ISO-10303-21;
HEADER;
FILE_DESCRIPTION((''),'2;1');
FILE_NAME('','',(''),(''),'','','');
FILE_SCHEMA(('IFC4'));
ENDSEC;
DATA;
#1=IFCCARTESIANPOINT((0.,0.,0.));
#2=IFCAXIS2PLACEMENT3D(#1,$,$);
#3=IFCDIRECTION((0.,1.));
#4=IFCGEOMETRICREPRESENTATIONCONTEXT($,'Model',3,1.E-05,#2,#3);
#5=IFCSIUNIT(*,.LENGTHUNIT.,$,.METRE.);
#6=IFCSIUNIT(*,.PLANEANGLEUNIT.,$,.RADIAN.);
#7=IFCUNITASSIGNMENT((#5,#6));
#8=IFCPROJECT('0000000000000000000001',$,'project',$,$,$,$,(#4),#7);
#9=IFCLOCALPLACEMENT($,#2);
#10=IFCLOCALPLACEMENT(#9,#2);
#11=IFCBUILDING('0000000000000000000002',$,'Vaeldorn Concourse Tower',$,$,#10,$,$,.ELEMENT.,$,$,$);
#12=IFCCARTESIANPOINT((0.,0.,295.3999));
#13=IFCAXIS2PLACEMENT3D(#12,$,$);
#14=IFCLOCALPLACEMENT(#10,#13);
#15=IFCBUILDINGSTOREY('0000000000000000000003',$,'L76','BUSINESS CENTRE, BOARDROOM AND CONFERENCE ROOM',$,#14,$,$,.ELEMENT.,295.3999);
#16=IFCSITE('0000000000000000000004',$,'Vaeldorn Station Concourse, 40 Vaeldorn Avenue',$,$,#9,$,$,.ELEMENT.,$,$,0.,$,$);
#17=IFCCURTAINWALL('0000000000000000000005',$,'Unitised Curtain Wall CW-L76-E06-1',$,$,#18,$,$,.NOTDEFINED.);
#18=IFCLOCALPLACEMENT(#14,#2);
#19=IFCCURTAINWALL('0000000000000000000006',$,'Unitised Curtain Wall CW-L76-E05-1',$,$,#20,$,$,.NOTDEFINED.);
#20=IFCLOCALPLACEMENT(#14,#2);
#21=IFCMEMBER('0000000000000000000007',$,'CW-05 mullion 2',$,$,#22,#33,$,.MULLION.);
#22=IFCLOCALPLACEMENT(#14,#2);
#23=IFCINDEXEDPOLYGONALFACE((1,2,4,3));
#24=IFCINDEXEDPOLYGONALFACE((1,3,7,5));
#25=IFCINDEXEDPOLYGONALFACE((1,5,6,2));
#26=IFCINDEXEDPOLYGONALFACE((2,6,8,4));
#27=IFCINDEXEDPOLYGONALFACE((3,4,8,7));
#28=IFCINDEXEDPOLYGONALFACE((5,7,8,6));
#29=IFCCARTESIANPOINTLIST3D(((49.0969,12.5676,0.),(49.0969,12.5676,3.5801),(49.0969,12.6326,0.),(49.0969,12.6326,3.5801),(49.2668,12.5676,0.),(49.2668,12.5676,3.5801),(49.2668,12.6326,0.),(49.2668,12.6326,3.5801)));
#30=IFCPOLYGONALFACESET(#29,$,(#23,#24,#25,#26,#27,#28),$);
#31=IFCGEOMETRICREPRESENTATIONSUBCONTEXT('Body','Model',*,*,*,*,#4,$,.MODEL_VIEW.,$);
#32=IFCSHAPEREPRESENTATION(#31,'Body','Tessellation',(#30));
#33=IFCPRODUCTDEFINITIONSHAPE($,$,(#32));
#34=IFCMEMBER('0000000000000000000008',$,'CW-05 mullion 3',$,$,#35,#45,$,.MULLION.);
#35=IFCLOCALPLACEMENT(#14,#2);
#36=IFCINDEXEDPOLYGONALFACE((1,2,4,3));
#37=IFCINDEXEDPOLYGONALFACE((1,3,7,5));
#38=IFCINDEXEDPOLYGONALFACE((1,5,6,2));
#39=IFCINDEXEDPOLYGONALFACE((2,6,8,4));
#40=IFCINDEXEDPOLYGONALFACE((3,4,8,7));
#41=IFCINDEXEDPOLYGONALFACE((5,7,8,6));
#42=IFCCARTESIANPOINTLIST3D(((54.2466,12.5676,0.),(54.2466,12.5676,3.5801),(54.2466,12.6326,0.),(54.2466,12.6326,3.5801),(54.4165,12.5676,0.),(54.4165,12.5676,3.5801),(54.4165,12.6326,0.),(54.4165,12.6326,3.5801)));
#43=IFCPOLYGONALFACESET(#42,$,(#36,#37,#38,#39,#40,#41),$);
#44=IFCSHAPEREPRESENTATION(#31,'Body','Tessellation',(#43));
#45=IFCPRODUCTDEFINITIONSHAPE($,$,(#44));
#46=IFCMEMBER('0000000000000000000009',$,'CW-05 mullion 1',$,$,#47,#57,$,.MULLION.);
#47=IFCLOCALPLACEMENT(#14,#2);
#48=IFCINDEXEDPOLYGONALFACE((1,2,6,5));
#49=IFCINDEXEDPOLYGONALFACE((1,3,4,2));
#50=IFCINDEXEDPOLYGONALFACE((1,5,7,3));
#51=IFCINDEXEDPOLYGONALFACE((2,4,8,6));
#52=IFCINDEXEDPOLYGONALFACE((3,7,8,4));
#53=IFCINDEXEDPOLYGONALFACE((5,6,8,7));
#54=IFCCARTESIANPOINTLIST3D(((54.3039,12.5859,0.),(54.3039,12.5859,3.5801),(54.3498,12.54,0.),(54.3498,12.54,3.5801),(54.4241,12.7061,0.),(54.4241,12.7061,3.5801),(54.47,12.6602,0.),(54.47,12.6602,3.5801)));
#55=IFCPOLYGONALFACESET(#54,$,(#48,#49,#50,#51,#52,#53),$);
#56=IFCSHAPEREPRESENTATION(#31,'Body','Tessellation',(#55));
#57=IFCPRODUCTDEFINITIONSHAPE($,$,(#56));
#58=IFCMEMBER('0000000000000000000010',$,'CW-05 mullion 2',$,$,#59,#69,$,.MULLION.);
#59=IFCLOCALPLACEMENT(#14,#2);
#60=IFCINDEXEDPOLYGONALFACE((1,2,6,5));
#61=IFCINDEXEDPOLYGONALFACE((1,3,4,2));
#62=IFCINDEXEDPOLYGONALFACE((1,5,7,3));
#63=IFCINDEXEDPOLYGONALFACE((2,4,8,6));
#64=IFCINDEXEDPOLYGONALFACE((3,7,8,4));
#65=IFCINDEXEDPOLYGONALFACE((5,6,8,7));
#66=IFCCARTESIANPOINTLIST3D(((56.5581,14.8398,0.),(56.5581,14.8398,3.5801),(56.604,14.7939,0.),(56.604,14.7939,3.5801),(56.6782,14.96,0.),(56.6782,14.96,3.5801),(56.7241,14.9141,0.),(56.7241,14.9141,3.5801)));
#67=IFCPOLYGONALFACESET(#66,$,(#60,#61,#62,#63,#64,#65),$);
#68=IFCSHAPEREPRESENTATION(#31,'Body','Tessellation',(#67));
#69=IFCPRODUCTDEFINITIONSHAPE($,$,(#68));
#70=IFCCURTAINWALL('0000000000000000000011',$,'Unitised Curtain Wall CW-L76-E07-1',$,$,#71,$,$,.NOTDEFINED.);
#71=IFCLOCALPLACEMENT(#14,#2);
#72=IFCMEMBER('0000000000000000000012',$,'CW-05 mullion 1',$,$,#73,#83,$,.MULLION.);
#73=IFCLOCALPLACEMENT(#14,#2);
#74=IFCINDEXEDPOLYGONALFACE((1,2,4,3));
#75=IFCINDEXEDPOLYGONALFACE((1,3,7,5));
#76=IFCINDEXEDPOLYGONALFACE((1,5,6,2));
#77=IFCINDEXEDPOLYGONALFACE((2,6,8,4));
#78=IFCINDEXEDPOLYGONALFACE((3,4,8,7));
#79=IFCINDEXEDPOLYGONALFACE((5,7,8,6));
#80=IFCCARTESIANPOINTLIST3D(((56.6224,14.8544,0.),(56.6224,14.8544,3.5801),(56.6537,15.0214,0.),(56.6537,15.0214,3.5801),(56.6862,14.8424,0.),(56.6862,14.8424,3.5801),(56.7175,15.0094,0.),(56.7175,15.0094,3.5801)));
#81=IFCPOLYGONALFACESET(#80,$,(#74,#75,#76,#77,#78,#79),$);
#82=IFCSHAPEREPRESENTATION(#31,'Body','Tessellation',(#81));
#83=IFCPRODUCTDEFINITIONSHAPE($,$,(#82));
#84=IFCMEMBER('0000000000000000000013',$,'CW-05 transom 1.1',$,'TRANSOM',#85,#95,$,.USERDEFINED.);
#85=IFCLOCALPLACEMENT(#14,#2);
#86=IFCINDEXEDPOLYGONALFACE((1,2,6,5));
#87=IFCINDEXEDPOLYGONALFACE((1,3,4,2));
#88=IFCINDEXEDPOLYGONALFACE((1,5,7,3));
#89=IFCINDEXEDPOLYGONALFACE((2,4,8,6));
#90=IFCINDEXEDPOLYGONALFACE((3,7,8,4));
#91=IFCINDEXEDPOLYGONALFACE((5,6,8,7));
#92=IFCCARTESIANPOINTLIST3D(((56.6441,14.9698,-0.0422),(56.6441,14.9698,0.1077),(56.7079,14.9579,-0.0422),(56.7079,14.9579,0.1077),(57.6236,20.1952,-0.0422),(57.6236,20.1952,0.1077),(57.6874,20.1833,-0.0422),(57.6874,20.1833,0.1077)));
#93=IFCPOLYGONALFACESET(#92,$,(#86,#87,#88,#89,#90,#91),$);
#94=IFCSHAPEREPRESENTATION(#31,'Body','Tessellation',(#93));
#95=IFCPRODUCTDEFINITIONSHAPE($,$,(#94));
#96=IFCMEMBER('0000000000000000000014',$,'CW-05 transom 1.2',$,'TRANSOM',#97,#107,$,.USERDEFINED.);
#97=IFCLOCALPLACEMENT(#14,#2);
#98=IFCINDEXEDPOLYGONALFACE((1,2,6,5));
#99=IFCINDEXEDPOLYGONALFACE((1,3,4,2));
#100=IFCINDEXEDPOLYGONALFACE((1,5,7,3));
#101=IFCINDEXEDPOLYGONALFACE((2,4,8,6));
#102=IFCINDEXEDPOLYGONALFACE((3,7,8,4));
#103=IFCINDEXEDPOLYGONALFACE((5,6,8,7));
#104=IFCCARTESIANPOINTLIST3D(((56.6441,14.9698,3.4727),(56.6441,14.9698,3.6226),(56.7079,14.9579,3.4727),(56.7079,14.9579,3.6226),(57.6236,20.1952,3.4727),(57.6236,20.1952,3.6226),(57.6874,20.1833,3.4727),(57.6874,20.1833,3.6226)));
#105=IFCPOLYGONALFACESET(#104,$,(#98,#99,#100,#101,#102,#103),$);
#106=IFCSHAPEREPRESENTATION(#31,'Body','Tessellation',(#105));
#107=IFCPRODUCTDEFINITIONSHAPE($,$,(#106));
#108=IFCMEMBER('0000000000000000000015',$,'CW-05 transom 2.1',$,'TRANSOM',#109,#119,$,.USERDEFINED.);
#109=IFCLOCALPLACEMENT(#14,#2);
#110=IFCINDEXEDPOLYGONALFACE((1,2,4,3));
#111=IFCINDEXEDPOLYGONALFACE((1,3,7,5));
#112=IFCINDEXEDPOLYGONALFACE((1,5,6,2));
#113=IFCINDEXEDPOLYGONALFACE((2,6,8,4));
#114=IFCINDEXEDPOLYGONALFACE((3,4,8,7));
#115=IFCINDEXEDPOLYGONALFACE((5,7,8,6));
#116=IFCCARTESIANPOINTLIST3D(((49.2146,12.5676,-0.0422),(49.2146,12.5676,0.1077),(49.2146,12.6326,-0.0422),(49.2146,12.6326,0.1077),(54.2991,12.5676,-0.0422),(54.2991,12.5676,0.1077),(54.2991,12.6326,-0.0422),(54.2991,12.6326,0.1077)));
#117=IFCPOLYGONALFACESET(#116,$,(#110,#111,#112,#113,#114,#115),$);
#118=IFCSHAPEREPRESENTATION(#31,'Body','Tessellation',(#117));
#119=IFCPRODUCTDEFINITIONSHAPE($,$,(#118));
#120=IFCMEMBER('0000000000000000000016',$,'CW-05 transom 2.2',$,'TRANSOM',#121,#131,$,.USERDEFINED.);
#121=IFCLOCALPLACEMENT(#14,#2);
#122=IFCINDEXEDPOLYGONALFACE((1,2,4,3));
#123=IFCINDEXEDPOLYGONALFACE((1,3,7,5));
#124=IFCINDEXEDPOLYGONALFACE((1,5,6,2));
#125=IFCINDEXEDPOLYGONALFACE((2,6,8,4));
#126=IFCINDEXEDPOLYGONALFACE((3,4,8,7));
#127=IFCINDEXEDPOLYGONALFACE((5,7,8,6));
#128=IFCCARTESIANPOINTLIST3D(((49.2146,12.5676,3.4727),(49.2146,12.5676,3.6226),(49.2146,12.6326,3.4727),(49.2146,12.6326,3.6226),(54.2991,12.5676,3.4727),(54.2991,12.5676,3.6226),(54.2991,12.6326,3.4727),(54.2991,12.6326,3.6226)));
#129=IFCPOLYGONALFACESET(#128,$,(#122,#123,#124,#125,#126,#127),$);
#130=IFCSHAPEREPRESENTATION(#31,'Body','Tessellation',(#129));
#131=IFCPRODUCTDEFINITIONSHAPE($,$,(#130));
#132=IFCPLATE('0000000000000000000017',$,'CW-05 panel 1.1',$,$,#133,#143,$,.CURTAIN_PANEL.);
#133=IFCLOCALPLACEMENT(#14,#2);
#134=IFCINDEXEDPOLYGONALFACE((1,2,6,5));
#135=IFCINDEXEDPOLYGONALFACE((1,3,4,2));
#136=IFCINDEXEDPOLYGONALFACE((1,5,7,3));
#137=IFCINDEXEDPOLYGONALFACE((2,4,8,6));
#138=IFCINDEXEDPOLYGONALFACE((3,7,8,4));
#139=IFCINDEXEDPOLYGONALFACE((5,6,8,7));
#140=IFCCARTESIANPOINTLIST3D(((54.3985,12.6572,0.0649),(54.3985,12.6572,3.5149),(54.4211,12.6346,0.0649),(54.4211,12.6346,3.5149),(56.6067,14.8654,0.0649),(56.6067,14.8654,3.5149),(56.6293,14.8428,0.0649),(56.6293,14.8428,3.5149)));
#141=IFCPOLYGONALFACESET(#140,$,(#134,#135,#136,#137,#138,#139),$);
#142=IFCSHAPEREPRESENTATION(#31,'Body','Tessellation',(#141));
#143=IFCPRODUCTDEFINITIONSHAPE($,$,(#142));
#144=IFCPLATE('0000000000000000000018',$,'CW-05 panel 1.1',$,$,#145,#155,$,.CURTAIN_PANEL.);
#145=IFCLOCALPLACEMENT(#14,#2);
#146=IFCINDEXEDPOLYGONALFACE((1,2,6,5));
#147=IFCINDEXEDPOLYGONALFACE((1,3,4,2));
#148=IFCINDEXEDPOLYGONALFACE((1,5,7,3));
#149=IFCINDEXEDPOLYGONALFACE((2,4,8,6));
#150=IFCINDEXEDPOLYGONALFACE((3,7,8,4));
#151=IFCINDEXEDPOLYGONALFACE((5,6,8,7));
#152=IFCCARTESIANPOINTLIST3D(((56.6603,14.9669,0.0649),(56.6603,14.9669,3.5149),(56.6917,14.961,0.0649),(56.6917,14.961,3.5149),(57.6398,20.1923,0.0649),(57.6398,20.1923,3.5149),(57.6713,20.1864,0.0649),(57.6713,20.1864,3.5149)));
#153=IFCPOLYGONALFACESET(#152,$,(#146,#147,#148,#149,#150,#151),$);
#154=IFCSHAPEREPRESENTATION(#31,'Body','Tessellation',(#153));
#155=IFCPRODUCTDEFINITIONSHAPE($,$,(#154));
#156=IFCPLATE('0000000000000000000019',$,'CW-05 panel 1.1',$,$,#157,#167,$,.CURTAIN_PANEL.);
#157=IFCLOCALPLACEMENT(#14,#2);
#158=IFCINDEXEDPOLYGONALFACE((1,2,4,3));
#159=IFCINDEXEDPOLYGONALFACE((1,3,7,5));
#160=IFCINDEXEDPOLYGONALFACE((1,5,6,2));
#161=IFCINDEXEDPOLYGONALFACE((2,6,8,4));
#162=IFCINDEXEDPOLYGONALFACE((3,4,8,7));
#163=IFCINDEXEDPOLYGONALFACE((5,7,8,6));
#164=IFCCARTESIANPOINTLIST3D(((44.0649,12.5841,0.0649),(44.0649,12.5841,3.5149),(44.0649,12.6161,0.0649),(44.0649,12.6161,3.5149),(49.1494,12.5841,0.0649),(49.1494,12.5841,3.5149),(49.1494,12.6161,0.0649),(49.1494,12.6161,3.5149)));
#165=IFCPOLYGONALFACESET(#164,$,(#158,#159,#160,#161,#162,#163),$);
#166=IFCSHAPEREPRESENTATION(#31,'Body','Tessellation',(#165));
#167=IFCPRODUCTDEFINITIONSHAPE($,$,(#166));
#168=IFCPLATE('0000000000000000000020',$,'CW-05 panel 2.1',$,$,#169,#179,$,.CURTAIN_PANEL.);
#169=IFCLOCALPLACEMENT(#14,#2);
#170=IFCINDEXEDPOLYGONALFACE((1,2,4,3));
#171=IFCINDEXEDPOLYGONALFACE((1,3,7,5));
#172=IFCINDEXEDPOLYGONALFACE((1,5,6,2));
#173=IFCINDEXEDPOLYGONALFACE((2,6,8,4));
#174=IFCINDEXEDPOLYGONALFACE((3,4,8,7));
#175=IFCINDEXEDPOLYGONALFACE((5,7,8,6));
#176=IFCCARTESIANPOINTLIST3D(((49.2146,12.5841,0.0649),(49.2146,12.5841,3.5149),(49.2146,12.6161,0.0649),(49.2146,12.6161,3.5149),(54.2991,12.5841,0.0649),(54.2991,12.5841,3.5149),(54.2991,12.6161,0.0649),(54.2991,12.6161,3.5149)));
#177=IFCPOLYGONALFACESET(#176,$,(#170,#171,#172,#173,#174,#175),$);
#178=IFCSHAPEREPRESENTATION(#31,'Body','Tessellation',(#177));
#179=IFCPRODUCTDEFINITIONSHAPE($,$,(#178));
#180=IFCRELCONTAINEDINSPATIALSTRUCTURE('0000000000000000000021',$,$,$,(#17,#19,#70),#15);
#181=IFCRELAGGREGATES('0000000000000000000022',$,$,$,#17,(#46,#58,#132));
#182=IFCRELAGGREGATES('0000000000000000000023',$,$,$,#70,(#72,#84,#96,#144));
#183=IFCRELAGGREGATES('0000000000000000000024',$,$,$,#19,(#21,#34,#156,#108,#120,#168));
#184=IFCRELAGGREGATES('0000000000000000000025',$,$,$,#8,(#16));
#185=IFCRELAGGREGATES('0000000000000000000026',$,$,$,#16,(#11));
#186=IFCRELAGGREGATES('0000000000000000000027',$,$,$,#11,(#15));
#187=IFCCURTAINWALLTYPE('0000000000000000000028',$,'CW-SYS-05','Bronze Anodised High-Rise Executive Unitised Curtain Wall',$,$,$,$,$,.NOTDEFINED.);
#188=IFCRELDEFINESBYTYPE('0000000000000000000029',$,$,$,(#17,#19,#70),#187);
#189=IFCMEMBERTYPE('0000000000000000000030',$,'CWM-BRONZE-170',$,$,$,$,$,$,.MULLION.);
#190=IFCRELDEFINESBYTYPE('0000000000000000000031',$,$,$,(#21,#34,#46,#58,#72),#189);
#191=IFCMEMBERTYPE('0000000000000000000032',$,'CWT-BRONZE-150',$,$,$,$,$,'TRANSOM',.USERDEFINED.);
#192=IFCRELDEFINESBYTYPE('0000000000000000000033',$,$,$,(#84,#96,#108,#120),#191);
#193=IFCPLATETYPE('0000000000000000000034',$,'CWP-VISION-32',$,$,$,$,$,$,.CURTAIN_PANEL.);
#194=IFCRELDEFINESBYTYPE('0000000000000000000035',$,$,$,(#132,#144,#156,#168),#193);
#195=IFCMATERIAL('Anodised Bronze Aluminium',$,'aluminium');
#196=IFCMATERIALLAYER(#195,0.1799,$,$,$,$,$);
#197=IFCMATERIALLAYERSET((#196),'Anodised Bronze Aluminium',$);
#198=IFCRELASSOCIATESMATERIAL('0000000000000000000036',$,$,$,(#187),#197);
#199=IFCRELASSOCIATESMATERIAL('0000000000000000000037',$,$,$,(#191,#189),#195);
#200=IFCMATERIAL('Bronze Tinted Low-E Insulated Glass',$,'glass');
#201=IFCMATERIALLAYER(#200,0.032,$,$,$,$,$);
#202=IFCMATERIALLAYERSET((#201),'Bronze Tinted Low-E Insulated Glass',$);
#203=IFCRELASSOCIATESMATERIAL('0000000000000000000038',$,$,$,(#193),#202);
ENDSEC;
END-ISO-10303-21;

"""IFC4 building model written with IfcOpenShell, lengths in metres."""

from ifc_helpers import new_model, si_unit, direction, frame, origin, origin_2d, place, context, subcontext, project, spatial, rectangle, extrude, source, transform, mapped, material, layer, layer_set, material_profile, profile_set, type_object, element, aggregate, save


model = new_model("IFC4")

# Units and contexts
model_context = context("Model", 3, precision=1e-05, world=origin(), true_north=direction((0.0, 1.0)))
body_context = subcontext(model_context, "Body", "Model", "MODEL_VIEW")
ifc_project = project(units=[si_unit("LENGTHUNIT", "METRE"), si_unit("PLANEANGLEUNIT", "RADIAN")], contexts=[model_context])

# Site, building, storey
site_placement = place(None, origin())
site = spatial("IfcSite", under=ifc_project, at=site_placement, Name="Vaeldorn Station Concourse, 40 Vaeldorn Avenue", CompositionType="ELEMENT", RefElevation=0.0)
building_placement = place(site_placement, origin())
building = spatial("IfcBuilding", under=site, at=building_placement, Name="Vaeldorn Concourse Tower", CompositionType="ELEMENT")
storey_placement = place(building_placement, frame((0.0, 0.0, 295.3999)))
storey = spatial("IfcBuildingStorey", under=building, at=storey_placement, Name="L76", Description="BUSINESS CENTRE, BOARDROOM AND CONFERENCE ROOM", CompositionType="ELEMENT", Elevation=295.3999)

# Curtain walls, members
ifc_material_1 = material(Name="Anodised Bronze Aluminium", Category="aluminium")
ifc_layer_1 = layer(ifc_material_1, 0.1799)
ifc_layer_set_1 = layer_set([ifc_layer_1], Name="Anodised Bronze Aluminium")
curtain_wall_type = type_object("IfcCurtainWallType", Name="CW-SYS-05", Description="Bronze Anodised High-Rise Executive Unitised Curtain Wall", PredefinedType="NOTDEFINED", material=ifc_layer_set_1)
curtain_wall_1_placement = place(storey_placement, origin())
curtain_wall_1 = element("IfcCurtainWall", 1, at=curtain_wall_1_placement, inside=storey, type_object=curtain_wall_type, Name="Unitised Curtain Wall CW-L76-E06-1", PredefinedType="NOTDEFINED")
ifc_material_profile_1 = material_profile(ifc_material_1, rectangle(XDim=0.0649, YDim=0.1499, at=origin_2d()), Name="CWT 65x150")
ifc_profile_set_1 = profile_set([ifc_material_profile_1], Name="Anodised Bronze Aluminium")
member_type_1 = type_object("IfcMemberType", Name="CWT-BRONZE-150", ElementType="TRANSOM", PredefinedType="USERDEFINED", material=ifc_profile_set_1)
curtain_wall_2_placement = place(storey_placement, origin())
curtain_wall_2 = element("IfcCurtainWall", 2, at=curtain_wall_2_placement, inside=storey, type_object=curtain_wall_type, Name="Unitised Curtain Wall CW-L76-E05-1", PredefinedType="NOTDEFINED")
ifc_material_profile_2 = material_profile(ifc_material_1, rectangle(XDim=0.0649, YDim=0.1699, at=origin_2d()), Name="CWM 65x170")
ifc_profile_set_2 = profile_set([ifc_material_profile_2], Name="Anodised Bronze Aluminium")
member_type_2 = type_object("IfcMemberType", Name="CWM-BRONZE-170", PredefinedType="MULLION", material=ifc_profile_set_2)
shared_shape_1 = source(origin(), body_context, "Body", "SweptSolid", [
    extrude(rectangle(XDim=0.0649, YDim=0.1699, at=origin_2d()), origin(), (0.0, 0.0, 1.0), 3.5801),
])
member_1_placement = place(storey_placement, frame((49.1819, 12.6001, 0.0), z_axis=(0.0, 0.0, 1.0), x_axis=(0.0, 1.0, 0.0)))
member_1 = element("IfcMember", 3, at=member_1_placement, type_object=member_type_2, Name="CW-05 mullion 2", PredefinedType="MULLION", context=body_context, shape_type="MappedRepresentation", body=[
    mapped(shared_shape_1, transform((0.0, 0.0, 0.0), scale=1.0)),
])
member_2_placement = place(storey_placement, frame((54.3315, 12.6001, 0.0), z_axis=(0.0, 0.0, 1.0), x_axis=(0.0, 1.0, 0.0)))
member_2 = element("IfcMember", 4, at=member_2_placement, type_object=member_type_2, Name="CW-05 mullion 3", PredefinedType="MULLION", context=body_context, shape_type="MappedRepresentation", body=[
    mapped(shared_shape_1, transform((0.0, 0.0, 0.0), scale=1.0)),
])

# Members
member_3_placement = place(storey_placement, frame((54.387, 12.623, 0.0), z_axis=(0.0, 0.0, 1.0), x_axis=(-0.707107, 0.707107, 0.0)))
member_3 = element("IfcMember", 5, at=member_3_placement, type_object=member_type_2, Name="CW-05 mullion 1", PredefinedType="MULLION", context=body_context, shape_type="MappedRepresentation", body=[
    mapped(shared_shape_1, transform((0.0, 0.0, 0.0), scale=1.0)),
])
member_4_placement = place(storey_placement, frame((56.6411, 14.877, 0.0), z_axis=(0.0, 0.0, 1.0), x_axis=(-0.707107, 0.707107, 0.0)))
member_4 = element("IfcMember", 6, at=member_4_placement, type_object=member_type_2, Name="CW-05 mullion 2", PredefinedType="MULLION", context=body_context, shape_type="MappedRepresentation", body=[
    mapped(shared_shape_1, transform((0.0, 0.0, 0.0), scale=1.0)),
])

# Curtain wall, members
curtain_wall_3_placement = place(storey_placement, origin())
curtain_wall_3 = element("IfcCurtainWall", 7, at=curtain_wall_3_placement, inside=storey, type_object=curtain_wall_type, Name="Unitised Curtain Wall CW-L76-E07-1", PredefinedType="NOTDEFINED")
member_5_placement = place(storey_placement, frame((56.6699, 14.9319, 0.0), z_axis=(0.0, 0.0, 1.0), x_axis=(-0.98288, 0.184247, 0.0)))
member_5 = element("IfcMember", 8, at=member_5_placement, type_object=member_type_2, Name="CW-05 mullion 1", PredefinedType="MULLION", context=body_context, shape_type="MappedRepresentation", body=[
    mapped(shared_shape_1, transform((0.0, 0.0, 0.0), scale=1.0)),
])
shared_shape_2 = source(origin(), body_context, "Body", "SweptSolid", [
    extrude(rectangle(XDim=0.0649, YDim=0.1499, at=origin_2d()), origin(), (0.0, 0.0, 1.0), 5.3164),
])
member_6_placement = place(storey_placement, frame((56.676, 14.9639, 0.0327), z_axis=(0.184241, 0.982881, 0.0), x_axis=(-0.982881, 0.184241, 0.0)))
member_6 = element("IfcMember", 9, at=member_6_placement, type_object=member_type_1, Name="CW-05 transom 1.1", ObjectType="TRANSOM", PredefinedType="USERDEFINED", context=body_context, shape_type="MappedRepresentation", body=[
    mapped(shared_shape_2, transform((0.0, 0.0, 0.0), scale=1.0)),
])
member_7_placement = place(storey_placement, frame((56.676, 14.9639, 3.5476), z_axis=(0.184241, 0.982881, 0.0), x_axis=(-0.982881, 0.184241, 0.0)))
member_7 = element("IfcMember", 10, at=member_7_placement, type_object=member_type_1, Name="CW-05 transom 1.2", ObjectType="TRANSOM", PredefinedType="USERDEFINED", context=body_context, shape_type="MappedRepresentation", body=[
    mapped(shared_shape_2, transform((0.0, 0.0, 0.0), scale=1.0)),
])

# Members
shared_shape_3 = source(origin(), body_context, "Body", "SweptSolid", [
    extrude(rectangle(XDim=0.0649, YDim=0.1499, at=origin_2d()), origin(), (0.0, 0.0, 1.0), 5.0845),
])
member_8_placement = place(storey_placement, frame((49.2146, 12.6001, 0.0327), z_axis=(1.0, 0.0, 0.0), x_axis=(0.0, 1.0, 0.0)))
member_8 = element("IfcMember", 11, at=member_8_placement, type_object=member_type_1, Name="CW-05 transom 2.1", ObjectType="TRANSOM", PredefinedType="USERDEFINED", context=body_context, shape_type="MappedRepresentation", body=[
    mapped(shared_shape_3, transform((0.0, 0.0, 0.0), scale=1.0)),
])
member_9_placement = place(storey_placement, frame((49.2146, 12.6001, 3.5476), z_axis=(1.0, 0.0, 0.0), x_axis=(0.0, 1.0, 0.0)))
member_9 = element("IfcMember", 12, at=member_9_placement, type_object=member_type_1, Name="CW-05 transom 2.2", ObjectType="TRANSOM", PredefinedType="USERDEFINED", context=body_context, shape_type="MappedRepresentation", body=[
    mapped(shared_shape_3, transform((0.0, 0.0, 0.0), scale=1.0)),
])

# Plates
ifc_material_2 = material(Name="Bronze Tinted Low-E Insulated Glass", Category="glass")
ifc_layer_2 = layer(ifc_material_2, 0.032)
ifc_layer_set_2 = layer_set([ifc_layer_2], Name="Bronze Tinted Low-E Insulated Glass")
plate_type = type_object("IfcPlateType", Name="CWP-VISION-32", PredefinedType="CURTAIN_PANEL", material=ifc_layer_set_2)
shared_shape_4 = source(origin(), body_context, "Body", "SweptSolid", [
    extrude(rectangle(XDim=3.1228, YDim=0.032, at=origin_2d()), origin(), (0.0, 0.0, 1.0), 3.45),
])
plate_1_placement = place(storey_placement, frame((55.5139, 13.75, 0.0649), z_axis=(0.0, 0.0, 1.0), x_axis=(0.707107, 0.707107, 0.0)))
plate_1 = element("IfcPlate", 13, at=plate_1_placement, type_object=plate_type, Name="CW-05 panel 1.1", PredefinedType="CURTAIN_PANEL", context=body_context, shape_type="MappedRepresentation", body=[
    mapped(shared_shape_4, transform((0.0, 0.0, 0.0), scale=1.0)),
])
aggregate(curtain_wall_1, [member_3, member_4, plate_1])
shared_shape_5 = source(origin(), body_context, "Body", "SweptSolid", [
    extrude(rectangle(XDim=5.3164, YDim=0.032, at=origin_2d()), origin(), (0.0, 0.0, 1.0), 3.45),
])
plate_2_placement = place(storey_placement, frame((57.1658, 17.5767, 0.0649), z_axis=(0.0, 0.0, 1.0), x_axis=(0.184247, 0.98288, 0.0)))
plate_2 = element("IfcPlate", 14, at=plate_2_placement, type_object=plate_type, Name="CW-05 panel 1.1", PredefinedType="CURTAIN_PANEL", context=body_context, shape_type="MappedRepresentation", body=[
    mapped(shared_shape_5, transform((0.0, 0.0, 0.0), scale=1.0)),
])
aggregate(curtain_wall_3, [member_5, member_6, member_7, plate_2])
shared_shape_6 = source(origin(), body_context, "Body", "SweptSolid", [
    extrude(rectangle(XDim=5.0845, YDim=0.032, at=origin_2d()), origin(), (0.0, 0.0, 1.0), 3.45),
])
plate_3_placement = place(storey_placement, frame((46.6072, 12.6001, 0.0649), z_axis=(0.0, 0.0, 1.0), x_axis=(1.0, 0.0, 0.0)))
plate_3 = element("IfcPlate", 15, at=plate_3_placement, type_object=plate_type, Name="CW-05 panel 1.1", PredefinedType="CURTAIN_PANEL", context=body_context, shape_type="MappedRepresentation", body=[
    mapped(shared_shape_6, transform((0.0, 0.0, 0.0), scale=1.0)),
])
plate_4_placement = place(storey_placement, frame((51.7568, 12.6001, 0.0649), z_axis=(0.0, 0.0, 1.0), x_axis=(1.0, 0.0, 0.0)))
plate_4 = element("IfcPlate", 16, at=plate_4_placement, type_object=plate_type, Name="CW-05 panel 2.1", PredefinedType="CURTAIN_PANEL", context=body_context, shape_type="MappedRepresentation", body=[
    mapped(shared_shape_6, transform((0.0, 0.0, 0.0), scale=1.0)),
])
aggregate(curtain_wall_2, [member_1, member_2, plate_3, member_8, member_9, plate_4])

save(model, "model.ifc")
